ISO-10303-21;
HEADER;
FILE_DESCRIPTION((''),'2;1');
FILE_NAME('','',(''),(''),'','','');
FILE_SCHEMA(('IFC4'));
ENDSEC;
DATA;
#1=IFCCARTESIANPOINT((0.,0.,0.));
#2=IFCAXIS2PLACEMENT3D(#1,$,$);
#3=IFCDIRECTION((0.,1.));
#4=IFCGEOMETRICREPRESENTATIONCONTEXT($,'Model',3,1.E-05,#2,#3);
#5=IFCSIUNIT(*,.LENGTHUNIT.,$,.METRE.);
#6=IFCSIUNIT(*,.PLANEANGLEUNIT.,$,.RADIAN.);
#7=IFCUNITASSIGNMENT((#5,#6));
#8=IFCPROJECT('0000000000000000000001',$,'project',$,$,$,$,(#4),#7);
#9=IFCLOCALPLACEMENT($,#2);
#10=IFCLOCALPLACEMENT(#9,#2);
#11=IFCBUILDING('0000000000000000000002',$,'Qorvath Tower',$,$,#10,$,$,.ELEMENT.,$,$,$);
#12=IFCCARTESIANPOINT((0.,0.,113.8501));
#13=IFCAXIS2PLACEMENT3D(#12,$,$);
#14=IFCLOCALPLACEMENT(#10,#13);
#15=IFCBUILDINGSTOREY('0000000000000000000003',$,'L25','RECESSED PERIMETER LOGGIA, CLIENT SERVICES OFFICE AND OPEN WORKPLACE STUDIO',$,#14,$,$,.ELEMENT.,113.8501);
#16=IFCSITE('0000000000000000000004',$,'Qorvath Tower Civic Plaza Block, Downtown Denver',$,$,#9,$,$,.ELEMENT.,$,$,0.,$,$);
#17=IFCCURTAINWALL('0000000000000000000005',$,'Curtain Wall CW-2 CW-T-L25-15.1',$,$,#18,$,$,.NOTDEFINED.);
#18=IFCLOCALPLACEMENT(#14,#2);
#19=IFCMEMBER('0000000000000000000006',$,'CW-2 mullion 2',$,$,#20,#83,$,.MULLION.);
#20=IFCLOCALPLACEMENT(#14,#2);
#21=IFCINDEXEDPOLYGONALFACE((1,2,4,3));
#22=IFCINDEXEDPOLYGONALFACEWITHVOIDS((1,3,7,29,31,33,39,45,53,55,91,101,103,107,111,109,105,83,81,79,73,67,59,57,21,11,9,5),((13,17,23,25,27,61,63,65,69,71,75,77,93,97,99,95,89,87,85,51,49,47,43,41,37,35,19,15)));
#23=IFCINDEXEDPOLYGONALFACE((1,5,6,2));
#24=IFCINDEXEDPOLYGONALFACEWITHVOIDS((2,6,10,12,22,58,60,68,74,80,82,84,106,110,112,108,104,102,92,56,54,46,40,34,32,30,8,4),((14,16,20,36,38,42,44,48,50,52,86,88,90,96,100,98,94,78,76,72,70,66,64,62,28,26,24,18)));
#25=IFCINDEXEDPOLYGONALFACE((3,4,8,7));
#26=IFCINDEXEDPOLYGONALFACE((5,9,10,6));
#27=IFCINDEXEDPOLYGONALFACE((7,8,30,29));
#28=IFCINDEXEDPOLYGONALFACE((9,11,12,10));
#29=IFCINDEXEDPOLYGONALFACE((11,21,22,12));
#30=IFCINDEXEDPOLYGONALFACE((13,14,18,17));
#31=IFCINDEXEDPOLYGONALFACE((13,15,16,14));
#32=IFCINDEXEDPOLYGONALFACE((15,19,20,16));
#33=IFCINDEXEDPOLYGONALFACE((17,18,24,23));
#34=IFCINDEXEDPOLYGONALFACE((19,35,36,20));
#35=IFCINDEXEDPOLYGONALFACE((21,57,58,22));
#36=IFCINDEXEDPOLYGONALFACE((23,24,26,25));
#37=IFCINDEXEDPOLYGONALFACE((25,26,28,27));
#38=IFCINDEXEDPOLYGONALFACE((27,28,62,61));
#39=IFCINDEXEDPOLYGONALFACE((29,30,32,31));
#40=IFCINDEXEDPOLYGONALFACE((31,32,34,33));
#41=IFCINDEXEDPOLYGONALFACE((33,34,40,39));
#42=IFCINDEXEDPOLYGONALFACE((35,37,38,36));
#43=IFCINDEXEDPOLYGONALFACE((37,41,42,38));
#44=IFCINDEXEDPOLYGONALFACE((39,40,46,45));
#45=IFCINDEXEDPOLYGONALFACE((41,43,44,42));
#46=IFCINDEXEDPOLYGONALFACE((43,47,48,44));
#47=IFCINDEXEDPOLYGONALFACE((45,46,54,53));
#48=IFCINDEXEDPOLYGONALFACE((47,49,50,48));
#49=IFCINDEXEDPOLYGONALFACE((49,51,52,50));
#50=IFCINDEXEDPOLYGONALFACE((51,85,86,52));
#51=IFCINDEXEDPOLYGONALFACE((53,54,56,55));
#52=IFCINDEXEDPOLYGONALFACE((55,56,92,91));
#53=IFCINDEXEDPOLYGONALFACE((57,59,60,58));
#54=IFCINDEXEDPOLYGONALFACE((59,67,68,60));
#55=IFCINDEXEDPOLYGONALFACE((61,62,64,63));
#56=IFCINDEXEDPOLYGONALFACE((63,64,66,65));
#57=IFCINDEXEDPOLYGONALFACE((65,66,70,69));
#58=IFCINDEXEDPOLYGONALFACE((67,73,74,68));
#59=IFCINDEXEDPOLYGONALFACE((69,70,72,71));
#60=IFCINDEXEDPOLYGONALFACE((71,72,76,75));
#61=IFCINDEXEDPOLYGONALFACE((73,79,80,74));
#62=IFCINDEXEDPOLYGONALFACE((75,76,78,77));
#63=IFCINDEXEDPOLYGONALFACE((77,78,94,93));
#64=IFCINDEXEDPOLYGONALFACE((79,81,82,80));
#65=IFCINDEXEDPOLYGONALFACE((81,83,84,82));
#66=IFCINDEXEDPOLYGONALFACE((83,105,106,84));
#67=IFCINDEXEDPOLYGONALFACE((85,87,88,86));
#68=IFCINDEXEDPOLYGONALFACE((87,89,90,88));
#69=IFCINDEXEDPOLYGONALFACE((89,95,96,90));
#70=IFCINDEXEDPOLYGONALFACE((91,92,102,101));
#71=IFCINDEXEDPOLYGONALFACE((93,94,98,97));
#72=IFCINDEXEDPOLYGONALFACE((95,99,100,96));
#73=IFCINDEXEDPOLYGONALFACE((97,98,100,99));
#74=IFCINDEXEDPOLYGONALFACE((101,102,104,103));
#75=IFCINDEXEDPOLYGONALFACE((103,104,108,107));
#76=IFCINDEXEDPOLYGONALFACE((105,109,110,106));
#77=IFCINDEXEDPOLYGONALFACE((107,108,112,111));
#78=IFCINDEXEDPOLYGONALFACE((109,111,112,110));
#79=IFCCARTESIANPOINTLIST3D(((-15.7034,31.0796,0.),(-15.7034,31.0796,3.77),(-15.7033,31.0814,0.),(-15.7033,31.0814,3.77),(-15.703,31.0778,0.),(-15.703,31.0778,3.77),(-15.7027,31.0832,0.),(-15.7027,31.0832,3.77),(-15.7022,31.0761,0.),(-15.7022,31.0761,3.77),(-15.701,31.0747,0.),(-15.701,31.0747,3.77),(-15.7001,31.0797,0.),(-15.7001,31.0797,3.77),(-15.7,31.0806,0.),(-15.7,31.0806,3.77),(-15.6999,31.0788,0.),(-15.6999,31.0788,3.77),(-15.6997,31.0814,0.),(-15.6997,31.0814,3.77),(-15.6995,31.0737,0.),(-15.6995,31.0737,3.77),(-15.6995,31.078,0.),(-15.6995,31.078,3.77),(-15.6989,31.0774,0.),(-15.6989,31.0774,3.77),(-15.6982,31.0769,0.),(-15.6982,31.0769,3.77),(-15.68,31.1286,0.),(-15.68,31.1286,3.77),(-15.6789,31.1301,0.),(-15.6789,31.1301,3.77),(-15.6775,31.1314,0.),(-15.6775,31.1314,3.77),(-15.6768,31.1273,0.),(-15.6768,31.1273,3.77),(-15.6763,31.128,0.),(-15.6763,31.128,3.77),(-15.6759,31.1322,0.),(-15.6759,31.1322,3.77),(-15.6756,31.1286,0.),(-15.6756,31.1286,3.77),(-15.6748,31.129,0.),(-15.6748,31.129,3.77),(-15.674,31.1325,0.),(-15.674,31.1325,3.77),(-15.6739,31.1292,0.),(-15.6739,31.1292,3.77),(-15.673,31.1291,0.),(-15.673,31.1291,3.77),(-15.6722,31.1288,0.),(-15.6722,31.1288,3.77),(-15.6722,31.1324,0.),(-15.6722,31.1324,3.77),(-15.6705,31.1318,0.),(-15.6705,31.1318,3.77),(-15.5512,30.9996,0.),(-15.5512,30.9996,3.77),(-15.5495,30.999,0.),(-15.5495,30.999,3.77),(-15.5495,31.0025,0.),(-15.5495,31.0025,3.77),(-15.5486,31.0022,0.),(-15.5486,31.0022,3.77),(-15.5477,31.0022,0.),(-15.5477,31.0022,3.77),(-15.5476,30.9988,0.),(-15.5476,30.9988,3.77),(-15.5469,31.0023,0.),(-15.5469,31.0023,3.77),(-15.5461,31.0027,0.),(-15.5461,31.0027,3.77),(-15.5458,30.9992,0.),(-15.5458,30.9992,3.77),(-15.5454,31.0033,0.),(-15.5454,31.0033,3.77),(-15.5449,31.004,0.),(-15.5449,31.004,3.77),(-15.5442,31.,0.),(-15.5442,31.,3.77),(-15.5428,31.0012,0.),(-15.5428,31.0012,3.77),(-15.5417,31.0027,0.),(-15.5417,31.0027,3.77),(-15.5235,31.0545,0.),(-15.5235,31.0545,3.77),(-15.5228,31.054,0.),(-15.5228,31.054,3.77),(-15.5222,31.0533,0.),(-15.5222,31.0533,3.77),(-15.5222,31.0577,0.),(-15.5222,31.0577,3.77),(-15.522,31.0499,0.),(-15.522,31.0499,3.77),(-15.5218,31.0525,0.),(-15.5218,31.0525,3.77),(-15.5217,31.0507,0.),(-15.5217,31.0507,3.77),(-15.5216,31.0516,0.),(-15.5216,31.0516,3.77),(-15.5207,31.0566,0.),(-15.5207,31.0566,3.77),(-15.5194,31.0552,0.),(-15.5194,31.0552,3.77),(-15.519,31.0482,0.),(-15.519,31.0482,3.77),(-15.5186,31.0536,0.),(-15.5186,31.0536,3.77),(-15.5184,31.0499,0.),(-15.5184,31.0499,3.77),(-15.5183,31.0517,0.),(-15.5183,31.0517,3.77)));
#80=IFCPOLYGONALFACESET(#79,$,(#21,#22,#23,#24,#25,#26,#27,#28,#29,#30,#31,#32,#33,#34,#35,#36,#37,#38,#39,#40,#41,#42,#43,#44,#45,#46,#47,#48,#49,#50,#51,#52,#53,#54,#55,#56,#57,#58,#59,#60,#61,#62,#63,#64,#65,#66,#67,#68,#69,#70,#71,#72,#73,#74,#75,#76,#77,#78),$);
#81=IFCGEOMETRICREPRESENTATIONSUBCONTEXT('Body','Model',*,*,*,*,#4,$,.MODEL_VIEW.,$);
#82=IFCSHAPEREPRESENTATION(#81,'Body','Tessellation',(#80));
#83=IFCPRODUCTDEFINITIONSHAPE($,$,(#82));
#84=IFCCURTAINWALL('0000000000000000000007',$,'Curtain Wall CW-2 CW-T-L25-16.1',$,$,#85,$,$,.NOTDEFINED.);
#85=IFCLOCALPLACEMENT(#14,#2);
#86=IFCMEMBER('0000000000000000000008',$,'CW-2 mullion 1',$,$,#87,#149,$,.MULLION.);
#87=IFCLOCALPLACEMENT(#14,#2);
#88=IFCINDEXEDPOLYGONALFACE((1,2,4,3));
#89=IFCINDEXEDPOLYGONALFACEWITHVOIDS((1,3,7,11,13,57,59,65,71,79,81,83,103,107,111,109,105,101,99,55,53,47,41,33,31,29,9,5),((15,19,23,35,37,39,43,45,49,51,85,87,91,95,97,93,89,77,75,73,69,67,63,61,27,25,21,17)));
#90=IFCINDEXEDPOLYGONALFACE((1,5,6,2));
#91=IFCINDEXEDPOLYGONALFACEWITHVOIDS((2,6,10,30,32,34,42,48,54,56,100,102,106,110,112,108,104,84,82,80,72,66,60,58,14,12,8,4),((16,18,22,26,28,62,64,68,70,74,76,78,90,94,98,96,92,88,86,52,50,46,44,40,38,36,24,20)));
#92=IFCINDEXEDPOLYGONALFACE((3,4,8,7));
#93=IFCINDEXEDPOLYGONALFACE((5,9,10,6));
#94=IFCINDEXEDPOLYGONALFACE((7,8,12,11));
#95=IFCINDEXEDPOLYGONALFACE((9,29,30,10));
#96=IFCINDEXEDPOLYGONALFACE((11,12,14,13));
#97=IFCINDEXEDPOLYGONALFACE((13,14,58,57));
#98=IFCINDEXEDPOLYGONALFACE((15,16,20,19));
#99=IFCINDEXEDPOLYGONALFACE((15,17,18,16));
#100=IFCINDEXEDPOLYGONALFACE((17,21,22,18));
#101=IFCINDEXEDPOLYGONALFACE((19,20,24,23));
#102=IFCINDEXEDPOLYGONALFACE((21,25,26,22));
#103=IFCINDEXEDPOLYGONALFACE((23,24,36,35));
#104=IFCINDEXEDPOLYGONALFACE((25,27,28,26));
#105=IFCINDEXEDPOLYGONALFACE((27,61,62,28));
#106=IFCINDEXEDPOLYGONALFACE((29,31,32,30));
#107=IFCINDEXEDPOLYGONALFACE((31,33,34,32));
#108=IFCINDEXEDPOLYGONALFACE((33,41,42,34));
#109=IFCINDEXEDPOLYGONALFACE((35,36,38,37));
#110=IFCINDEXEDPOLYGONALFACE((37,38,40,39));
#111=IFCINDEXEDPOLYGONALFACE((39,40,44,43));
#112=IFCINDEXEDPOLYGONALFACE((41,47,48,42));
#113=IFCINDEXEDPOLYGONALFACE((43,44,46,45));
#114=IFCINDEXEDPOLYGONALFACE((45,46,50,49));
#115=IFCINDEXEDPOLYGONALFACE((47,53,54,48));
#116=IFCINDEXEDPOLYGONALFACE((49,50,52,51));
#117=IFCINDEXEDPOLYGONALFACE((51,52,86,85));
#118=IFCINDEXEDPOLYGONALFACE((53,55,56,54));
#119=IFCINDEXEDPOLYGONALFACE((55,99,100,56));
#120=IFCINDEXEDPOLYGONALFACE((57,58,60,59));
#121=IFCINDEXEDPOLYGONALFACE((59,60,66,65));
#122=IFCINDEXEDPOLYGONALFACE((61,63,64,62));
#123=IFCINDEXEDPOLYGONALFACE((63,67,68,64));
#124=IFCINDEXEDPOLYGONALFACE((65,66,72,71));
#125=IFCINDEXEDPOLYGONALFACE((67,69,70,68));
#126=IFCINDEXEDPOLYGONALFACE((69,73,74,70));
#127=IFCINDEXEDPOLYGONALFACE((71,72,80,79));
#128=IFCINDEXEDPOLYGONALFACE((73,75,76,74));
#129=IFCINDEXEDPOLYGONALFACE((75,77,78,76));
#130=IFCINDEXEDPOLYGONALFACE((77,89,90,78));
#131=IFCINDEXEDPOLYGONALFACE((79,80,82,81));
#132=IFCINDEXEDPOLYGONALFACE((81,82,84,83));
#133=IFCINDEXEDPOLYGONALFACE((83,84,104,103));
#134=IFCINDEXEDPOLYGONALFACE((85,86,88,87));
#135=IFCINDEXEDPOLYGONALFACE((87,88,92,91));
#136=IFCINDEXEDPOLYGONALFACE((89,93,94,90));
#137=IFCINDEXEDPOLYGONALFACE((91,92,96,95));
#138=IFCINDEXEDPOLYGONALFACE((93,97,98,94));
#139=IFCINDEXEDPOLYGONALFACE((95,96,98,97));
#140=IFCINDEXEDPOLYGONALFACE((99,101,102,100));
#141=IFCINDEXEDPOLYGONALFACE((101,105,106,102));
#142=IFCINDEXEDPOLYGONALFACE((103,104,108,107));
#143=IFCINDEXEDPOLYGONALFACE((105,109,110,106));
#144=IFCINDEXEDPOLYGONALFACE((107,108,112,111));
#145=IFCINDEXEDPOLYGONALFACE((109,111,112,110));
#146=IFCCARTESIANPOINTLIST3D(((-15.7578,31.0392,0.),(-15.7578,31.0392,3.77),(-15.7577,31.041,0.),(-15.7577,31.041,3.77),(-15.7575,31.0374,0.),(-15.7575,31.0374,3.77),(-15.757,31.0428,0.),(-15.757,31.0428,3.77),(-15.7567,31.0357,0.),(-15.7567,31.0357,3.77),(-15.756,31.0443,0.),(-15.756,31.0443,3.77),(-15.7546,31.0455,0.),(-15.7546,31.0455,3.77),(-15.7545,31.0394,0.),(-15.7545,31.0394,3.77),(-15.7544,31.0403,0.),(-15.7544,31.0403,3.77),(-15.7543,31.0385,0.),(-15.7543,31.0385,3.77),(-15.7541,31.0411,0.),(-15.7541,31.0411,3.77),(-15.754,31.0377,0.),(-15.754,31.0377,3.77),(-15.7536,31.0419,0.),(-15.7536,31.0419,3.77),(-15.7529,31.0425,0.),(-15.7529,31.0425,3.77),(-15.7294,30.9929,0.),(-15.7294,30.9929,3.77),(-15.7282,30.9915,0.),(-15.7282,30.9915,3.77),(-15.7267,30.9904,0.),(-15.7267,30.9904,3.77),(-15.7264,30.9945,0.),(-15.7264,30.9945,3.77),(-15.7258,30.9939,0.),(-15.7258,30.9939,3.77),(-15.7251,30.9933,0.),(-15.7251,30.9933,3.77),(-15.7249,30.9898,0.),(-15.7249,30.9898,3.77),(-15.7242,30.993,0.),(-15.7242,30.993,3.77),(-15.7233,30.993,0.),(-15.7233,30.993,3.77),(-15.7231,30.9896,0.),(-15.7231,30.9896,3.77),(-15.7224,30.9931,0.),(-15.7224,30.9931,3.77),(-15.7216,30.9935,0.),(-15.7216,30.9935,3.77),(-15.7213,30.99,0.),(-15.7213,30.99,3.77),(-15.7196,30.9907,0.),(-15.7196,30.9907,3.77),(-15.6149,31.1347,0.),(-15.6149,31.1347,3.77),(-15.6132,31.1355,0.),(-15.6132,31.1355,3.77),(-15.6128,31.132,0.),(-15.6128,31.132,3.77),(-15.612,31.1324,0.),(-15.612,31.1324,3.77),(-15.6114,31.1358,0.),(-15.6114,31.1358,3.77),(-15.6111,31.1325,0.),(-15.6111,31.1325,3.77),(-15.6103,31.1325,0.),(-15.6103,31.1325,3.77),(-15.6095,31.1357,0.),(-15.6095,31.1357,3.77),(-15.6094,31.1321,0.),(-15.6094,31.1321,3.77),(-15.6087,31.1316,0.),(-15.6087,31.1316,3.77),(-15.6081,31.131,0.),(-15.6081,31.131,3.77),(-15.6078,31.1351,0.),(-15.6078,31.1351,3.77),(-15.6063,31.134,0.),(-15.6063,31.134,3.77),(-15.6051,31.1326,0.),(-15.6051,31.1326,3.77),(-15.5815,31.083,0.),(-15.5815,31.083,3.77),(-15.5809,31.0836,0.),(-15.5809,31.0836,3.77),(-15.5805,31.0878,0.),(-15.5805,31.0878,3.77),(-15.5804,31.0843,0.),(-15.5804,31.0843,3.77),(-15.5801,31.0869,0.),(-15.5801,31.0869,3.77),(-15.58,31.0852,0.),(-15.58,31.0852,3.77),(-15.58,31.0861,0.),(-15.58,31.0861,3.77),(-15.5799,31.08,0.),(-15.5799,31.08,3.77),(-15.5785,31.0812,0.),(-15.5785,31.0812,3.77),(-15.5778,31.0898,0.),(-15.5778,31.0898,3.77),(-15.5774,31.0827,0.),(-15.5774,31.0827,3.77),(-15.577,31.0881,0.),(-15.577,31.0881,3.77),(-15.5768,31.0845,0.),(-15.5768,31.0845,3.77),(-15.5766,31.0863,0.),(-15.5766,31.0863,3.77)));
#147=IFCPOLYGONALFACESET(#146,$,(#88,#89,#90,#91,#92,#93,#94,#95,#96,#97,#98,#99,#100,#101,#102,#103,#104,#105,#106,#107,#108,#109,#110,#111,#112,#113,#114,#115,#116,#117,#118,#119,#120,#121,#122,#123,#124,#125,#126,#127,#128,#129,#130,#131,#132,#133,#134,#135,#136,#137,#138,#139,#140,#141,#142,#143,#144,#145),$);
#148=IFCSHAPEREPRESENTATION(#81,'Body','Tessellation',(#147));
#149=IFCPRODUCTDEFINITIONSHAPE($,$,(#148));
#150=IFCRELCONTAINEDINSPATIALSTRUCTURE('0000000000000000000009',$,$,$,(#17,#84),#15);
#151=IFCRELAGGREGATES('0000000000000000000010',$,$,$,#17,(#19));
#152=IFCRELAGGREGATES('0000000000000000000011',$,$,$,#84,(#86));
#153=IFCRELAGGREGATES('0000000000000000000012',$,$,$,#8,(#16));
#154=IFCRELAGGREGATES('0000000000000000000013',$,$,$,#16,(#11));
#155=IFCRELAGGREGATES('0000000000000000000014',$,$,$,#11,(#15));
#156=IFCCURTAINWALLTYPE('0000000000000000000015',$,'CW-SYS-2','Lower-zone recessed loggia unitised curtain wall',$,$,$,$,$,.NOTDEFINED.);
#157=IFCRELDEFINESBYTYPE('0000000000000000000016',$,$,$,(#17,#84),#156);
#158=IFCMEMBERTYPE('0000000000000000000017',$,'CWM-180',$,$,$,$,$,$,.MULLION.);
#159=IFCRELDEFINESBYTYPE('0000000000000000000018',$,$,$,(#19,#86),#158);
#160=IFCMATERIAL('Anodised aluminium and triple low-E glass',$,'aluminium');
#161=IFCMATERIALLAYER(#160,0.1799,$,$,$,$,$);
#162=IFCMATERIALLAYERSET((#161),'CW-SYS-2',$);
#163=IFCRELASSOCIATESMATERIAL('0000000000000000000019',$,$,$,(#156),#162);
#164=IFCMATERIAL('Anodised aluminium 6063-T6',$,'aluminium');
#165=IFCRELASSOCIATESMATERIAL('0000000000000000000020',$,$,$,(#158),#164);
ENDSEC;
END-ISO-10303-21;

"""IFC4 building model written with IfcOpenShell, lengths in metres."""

from ifc_helpers import new_model, si_unit, direction, frame, origin, origin_2d, place, context, subcontext, project, spatial, hollow_rectangle, extrude, material, layer, layer_set, material_profile, profile_set, type_object, element, aggregate, save


model = new_model("IFC4")

# Units and contexts
model_context = context("Model", 3, precision=1e-05, world=origin(), true_north=direction((0.0, 1.0)))
body_context = subcontext(model_context, "Body", "Model", "MODEL_VIEW")
ifc_project = project(units=[si_unit("LENGTHUNIT", "METRE"), si_unit("PLANEANGLEUNIT", "RADIAN")], contexts=[model_context])

# Site, building, storey
site_placement = place(None, origin())
site = spatial("IfcSite", under=ifc_project, at=site_placement, Name="Qorvath Tower Civic Plaza Block, Downtown Denver", CompositionType="ELEMENT", RefElevation=0.0)
building_placement = place(site_placement, origin())
building = spatial("IfcBuilding", under=site, at=building_placement, Name="Qorvath Tower", CompositionType="ELEMENT")
storey_placement = place(building_placement, frame((0.0, 0.0, 113.8501)))
storey = spatial("IfcBuildingStorey", under=building, at=storey_placement, Name="L25", Description="RECESSED PERIMETER LOGGIA, CLIENT SERVICES OFFICE AND OPEN WORKPLACE STUDIO", CompositionType="ELEMENT", Elevation=113.8501)

# Shared definitions
ifc_material_1 = material(Name="Anodised aluminium and triple low-E glass", Category="aluminium")
ifc_layer_1 = layer(ifc_material_1, 0.1799)
ifc_layer_set_1 = layer_set([ifc_layer_1], Name="CW-SYS-2")
curtain_wall_type = type_object("IfcCurtainWallType", Name="CW-SYS-2", Description="Lower-zone recessed loggia unitised curtain wall", PredefinedType="NOTDEFINED", material=ifc_layer_set_1)
ifc_material_2 = material(Name="Anodised aluminium 6063-T6", Category="aluminium")
ifc_material_profile_1 = material_profile(ifc_material_2, hollow_rectangle(XDim=0.0649, YDim=0.1799, WallThickness=0.0034, InnerFilletRadius=0.0034, OuterFilletRadius=0.0071, at=origin_2d()), Name="CWM 180x65")
ifc_profile_set_1 = profile_set([ifc_material_profile_1], Name="Anodised aluminium 6063-T6")
member_type_1 = type_object("IfcMemberType", Name="CWM-180", PredefinedType="MULLION", material=ifc_profile_set_1)

# Curtain wall, member
curtain_wall_1_placement = place(storey_placement, origin())
curtain_wall_1 = element("IfcCurtainWall", 1, at=curtain_wall_1_placement, inside=storey, type_object=curtain_wall_type, Name="Curtain Wall CW-2 CW-T-L25-15.1", PredefinedType="NOTDEFINED")
member_1_placement = place(storey_placement, frame((-15.6108, 31.0657, 0.0), z_axis=(0.0, 0.0, 1.0), x_axis=(-0.447181, -0.894443, 0.0)))
member_1 = element("IfcMember", 2, at=member_1_placement, type_object=member_type_1, Name="CW-2 mullion 2", PredefinedType="MULLION", context=body_context, shape_type="SweptSolid", body=[
    extrude(hollow_rectangle(XDim=0.0649, YDim=0.1799, WallThickness=0.0034, InnerFilletRadius=0.0034, OuterFilletRadius=0.0071, at=origin_2d()), origin(), (0.0, 0.0, 1.0), 3.77),
])

# Curtain wall, member
curtain_wall_2_placement = place(storey_placement, origin())
curtain_wall_2 = element("IfcCurtainWall", 3, at=curtain_wall_2_placement, inside=storey, type_object=curtain_wall_type, Name="Curtain Wall CW-2 CW-T-L25-16.1", PredefinedType="NOTDEFINED")
member_2_placement = place(storey_placement, frame((-15.6672, 31.0627, 0.0), z_axis=(0.0, 0.0, 1.0), x_axis=(0.538533, -0.842604, 0.0)))
member_2 = element("IfcMember", 4, at=member_2_placement, type_object=member_type_1, Name="CW-2 mullion 1", PredefinedType="MULLION", context=body_context, shape_type="SweptSolid", body=[
    extrude(hollow_rectangle(XDim=0.0649, YDim=0.1799, WallThickness=0.0034, InnerFilletRadius=0.0034, OuterFilletRadius=0.0071, at=origin_2d()), origin(), (0.0, 0.0, 1.0), 3.77),
])

aggregate(curtain_wall_1, [member_1])
aggregate(curtain_wall_2, [member_2])

save(model, "model.ifc")
